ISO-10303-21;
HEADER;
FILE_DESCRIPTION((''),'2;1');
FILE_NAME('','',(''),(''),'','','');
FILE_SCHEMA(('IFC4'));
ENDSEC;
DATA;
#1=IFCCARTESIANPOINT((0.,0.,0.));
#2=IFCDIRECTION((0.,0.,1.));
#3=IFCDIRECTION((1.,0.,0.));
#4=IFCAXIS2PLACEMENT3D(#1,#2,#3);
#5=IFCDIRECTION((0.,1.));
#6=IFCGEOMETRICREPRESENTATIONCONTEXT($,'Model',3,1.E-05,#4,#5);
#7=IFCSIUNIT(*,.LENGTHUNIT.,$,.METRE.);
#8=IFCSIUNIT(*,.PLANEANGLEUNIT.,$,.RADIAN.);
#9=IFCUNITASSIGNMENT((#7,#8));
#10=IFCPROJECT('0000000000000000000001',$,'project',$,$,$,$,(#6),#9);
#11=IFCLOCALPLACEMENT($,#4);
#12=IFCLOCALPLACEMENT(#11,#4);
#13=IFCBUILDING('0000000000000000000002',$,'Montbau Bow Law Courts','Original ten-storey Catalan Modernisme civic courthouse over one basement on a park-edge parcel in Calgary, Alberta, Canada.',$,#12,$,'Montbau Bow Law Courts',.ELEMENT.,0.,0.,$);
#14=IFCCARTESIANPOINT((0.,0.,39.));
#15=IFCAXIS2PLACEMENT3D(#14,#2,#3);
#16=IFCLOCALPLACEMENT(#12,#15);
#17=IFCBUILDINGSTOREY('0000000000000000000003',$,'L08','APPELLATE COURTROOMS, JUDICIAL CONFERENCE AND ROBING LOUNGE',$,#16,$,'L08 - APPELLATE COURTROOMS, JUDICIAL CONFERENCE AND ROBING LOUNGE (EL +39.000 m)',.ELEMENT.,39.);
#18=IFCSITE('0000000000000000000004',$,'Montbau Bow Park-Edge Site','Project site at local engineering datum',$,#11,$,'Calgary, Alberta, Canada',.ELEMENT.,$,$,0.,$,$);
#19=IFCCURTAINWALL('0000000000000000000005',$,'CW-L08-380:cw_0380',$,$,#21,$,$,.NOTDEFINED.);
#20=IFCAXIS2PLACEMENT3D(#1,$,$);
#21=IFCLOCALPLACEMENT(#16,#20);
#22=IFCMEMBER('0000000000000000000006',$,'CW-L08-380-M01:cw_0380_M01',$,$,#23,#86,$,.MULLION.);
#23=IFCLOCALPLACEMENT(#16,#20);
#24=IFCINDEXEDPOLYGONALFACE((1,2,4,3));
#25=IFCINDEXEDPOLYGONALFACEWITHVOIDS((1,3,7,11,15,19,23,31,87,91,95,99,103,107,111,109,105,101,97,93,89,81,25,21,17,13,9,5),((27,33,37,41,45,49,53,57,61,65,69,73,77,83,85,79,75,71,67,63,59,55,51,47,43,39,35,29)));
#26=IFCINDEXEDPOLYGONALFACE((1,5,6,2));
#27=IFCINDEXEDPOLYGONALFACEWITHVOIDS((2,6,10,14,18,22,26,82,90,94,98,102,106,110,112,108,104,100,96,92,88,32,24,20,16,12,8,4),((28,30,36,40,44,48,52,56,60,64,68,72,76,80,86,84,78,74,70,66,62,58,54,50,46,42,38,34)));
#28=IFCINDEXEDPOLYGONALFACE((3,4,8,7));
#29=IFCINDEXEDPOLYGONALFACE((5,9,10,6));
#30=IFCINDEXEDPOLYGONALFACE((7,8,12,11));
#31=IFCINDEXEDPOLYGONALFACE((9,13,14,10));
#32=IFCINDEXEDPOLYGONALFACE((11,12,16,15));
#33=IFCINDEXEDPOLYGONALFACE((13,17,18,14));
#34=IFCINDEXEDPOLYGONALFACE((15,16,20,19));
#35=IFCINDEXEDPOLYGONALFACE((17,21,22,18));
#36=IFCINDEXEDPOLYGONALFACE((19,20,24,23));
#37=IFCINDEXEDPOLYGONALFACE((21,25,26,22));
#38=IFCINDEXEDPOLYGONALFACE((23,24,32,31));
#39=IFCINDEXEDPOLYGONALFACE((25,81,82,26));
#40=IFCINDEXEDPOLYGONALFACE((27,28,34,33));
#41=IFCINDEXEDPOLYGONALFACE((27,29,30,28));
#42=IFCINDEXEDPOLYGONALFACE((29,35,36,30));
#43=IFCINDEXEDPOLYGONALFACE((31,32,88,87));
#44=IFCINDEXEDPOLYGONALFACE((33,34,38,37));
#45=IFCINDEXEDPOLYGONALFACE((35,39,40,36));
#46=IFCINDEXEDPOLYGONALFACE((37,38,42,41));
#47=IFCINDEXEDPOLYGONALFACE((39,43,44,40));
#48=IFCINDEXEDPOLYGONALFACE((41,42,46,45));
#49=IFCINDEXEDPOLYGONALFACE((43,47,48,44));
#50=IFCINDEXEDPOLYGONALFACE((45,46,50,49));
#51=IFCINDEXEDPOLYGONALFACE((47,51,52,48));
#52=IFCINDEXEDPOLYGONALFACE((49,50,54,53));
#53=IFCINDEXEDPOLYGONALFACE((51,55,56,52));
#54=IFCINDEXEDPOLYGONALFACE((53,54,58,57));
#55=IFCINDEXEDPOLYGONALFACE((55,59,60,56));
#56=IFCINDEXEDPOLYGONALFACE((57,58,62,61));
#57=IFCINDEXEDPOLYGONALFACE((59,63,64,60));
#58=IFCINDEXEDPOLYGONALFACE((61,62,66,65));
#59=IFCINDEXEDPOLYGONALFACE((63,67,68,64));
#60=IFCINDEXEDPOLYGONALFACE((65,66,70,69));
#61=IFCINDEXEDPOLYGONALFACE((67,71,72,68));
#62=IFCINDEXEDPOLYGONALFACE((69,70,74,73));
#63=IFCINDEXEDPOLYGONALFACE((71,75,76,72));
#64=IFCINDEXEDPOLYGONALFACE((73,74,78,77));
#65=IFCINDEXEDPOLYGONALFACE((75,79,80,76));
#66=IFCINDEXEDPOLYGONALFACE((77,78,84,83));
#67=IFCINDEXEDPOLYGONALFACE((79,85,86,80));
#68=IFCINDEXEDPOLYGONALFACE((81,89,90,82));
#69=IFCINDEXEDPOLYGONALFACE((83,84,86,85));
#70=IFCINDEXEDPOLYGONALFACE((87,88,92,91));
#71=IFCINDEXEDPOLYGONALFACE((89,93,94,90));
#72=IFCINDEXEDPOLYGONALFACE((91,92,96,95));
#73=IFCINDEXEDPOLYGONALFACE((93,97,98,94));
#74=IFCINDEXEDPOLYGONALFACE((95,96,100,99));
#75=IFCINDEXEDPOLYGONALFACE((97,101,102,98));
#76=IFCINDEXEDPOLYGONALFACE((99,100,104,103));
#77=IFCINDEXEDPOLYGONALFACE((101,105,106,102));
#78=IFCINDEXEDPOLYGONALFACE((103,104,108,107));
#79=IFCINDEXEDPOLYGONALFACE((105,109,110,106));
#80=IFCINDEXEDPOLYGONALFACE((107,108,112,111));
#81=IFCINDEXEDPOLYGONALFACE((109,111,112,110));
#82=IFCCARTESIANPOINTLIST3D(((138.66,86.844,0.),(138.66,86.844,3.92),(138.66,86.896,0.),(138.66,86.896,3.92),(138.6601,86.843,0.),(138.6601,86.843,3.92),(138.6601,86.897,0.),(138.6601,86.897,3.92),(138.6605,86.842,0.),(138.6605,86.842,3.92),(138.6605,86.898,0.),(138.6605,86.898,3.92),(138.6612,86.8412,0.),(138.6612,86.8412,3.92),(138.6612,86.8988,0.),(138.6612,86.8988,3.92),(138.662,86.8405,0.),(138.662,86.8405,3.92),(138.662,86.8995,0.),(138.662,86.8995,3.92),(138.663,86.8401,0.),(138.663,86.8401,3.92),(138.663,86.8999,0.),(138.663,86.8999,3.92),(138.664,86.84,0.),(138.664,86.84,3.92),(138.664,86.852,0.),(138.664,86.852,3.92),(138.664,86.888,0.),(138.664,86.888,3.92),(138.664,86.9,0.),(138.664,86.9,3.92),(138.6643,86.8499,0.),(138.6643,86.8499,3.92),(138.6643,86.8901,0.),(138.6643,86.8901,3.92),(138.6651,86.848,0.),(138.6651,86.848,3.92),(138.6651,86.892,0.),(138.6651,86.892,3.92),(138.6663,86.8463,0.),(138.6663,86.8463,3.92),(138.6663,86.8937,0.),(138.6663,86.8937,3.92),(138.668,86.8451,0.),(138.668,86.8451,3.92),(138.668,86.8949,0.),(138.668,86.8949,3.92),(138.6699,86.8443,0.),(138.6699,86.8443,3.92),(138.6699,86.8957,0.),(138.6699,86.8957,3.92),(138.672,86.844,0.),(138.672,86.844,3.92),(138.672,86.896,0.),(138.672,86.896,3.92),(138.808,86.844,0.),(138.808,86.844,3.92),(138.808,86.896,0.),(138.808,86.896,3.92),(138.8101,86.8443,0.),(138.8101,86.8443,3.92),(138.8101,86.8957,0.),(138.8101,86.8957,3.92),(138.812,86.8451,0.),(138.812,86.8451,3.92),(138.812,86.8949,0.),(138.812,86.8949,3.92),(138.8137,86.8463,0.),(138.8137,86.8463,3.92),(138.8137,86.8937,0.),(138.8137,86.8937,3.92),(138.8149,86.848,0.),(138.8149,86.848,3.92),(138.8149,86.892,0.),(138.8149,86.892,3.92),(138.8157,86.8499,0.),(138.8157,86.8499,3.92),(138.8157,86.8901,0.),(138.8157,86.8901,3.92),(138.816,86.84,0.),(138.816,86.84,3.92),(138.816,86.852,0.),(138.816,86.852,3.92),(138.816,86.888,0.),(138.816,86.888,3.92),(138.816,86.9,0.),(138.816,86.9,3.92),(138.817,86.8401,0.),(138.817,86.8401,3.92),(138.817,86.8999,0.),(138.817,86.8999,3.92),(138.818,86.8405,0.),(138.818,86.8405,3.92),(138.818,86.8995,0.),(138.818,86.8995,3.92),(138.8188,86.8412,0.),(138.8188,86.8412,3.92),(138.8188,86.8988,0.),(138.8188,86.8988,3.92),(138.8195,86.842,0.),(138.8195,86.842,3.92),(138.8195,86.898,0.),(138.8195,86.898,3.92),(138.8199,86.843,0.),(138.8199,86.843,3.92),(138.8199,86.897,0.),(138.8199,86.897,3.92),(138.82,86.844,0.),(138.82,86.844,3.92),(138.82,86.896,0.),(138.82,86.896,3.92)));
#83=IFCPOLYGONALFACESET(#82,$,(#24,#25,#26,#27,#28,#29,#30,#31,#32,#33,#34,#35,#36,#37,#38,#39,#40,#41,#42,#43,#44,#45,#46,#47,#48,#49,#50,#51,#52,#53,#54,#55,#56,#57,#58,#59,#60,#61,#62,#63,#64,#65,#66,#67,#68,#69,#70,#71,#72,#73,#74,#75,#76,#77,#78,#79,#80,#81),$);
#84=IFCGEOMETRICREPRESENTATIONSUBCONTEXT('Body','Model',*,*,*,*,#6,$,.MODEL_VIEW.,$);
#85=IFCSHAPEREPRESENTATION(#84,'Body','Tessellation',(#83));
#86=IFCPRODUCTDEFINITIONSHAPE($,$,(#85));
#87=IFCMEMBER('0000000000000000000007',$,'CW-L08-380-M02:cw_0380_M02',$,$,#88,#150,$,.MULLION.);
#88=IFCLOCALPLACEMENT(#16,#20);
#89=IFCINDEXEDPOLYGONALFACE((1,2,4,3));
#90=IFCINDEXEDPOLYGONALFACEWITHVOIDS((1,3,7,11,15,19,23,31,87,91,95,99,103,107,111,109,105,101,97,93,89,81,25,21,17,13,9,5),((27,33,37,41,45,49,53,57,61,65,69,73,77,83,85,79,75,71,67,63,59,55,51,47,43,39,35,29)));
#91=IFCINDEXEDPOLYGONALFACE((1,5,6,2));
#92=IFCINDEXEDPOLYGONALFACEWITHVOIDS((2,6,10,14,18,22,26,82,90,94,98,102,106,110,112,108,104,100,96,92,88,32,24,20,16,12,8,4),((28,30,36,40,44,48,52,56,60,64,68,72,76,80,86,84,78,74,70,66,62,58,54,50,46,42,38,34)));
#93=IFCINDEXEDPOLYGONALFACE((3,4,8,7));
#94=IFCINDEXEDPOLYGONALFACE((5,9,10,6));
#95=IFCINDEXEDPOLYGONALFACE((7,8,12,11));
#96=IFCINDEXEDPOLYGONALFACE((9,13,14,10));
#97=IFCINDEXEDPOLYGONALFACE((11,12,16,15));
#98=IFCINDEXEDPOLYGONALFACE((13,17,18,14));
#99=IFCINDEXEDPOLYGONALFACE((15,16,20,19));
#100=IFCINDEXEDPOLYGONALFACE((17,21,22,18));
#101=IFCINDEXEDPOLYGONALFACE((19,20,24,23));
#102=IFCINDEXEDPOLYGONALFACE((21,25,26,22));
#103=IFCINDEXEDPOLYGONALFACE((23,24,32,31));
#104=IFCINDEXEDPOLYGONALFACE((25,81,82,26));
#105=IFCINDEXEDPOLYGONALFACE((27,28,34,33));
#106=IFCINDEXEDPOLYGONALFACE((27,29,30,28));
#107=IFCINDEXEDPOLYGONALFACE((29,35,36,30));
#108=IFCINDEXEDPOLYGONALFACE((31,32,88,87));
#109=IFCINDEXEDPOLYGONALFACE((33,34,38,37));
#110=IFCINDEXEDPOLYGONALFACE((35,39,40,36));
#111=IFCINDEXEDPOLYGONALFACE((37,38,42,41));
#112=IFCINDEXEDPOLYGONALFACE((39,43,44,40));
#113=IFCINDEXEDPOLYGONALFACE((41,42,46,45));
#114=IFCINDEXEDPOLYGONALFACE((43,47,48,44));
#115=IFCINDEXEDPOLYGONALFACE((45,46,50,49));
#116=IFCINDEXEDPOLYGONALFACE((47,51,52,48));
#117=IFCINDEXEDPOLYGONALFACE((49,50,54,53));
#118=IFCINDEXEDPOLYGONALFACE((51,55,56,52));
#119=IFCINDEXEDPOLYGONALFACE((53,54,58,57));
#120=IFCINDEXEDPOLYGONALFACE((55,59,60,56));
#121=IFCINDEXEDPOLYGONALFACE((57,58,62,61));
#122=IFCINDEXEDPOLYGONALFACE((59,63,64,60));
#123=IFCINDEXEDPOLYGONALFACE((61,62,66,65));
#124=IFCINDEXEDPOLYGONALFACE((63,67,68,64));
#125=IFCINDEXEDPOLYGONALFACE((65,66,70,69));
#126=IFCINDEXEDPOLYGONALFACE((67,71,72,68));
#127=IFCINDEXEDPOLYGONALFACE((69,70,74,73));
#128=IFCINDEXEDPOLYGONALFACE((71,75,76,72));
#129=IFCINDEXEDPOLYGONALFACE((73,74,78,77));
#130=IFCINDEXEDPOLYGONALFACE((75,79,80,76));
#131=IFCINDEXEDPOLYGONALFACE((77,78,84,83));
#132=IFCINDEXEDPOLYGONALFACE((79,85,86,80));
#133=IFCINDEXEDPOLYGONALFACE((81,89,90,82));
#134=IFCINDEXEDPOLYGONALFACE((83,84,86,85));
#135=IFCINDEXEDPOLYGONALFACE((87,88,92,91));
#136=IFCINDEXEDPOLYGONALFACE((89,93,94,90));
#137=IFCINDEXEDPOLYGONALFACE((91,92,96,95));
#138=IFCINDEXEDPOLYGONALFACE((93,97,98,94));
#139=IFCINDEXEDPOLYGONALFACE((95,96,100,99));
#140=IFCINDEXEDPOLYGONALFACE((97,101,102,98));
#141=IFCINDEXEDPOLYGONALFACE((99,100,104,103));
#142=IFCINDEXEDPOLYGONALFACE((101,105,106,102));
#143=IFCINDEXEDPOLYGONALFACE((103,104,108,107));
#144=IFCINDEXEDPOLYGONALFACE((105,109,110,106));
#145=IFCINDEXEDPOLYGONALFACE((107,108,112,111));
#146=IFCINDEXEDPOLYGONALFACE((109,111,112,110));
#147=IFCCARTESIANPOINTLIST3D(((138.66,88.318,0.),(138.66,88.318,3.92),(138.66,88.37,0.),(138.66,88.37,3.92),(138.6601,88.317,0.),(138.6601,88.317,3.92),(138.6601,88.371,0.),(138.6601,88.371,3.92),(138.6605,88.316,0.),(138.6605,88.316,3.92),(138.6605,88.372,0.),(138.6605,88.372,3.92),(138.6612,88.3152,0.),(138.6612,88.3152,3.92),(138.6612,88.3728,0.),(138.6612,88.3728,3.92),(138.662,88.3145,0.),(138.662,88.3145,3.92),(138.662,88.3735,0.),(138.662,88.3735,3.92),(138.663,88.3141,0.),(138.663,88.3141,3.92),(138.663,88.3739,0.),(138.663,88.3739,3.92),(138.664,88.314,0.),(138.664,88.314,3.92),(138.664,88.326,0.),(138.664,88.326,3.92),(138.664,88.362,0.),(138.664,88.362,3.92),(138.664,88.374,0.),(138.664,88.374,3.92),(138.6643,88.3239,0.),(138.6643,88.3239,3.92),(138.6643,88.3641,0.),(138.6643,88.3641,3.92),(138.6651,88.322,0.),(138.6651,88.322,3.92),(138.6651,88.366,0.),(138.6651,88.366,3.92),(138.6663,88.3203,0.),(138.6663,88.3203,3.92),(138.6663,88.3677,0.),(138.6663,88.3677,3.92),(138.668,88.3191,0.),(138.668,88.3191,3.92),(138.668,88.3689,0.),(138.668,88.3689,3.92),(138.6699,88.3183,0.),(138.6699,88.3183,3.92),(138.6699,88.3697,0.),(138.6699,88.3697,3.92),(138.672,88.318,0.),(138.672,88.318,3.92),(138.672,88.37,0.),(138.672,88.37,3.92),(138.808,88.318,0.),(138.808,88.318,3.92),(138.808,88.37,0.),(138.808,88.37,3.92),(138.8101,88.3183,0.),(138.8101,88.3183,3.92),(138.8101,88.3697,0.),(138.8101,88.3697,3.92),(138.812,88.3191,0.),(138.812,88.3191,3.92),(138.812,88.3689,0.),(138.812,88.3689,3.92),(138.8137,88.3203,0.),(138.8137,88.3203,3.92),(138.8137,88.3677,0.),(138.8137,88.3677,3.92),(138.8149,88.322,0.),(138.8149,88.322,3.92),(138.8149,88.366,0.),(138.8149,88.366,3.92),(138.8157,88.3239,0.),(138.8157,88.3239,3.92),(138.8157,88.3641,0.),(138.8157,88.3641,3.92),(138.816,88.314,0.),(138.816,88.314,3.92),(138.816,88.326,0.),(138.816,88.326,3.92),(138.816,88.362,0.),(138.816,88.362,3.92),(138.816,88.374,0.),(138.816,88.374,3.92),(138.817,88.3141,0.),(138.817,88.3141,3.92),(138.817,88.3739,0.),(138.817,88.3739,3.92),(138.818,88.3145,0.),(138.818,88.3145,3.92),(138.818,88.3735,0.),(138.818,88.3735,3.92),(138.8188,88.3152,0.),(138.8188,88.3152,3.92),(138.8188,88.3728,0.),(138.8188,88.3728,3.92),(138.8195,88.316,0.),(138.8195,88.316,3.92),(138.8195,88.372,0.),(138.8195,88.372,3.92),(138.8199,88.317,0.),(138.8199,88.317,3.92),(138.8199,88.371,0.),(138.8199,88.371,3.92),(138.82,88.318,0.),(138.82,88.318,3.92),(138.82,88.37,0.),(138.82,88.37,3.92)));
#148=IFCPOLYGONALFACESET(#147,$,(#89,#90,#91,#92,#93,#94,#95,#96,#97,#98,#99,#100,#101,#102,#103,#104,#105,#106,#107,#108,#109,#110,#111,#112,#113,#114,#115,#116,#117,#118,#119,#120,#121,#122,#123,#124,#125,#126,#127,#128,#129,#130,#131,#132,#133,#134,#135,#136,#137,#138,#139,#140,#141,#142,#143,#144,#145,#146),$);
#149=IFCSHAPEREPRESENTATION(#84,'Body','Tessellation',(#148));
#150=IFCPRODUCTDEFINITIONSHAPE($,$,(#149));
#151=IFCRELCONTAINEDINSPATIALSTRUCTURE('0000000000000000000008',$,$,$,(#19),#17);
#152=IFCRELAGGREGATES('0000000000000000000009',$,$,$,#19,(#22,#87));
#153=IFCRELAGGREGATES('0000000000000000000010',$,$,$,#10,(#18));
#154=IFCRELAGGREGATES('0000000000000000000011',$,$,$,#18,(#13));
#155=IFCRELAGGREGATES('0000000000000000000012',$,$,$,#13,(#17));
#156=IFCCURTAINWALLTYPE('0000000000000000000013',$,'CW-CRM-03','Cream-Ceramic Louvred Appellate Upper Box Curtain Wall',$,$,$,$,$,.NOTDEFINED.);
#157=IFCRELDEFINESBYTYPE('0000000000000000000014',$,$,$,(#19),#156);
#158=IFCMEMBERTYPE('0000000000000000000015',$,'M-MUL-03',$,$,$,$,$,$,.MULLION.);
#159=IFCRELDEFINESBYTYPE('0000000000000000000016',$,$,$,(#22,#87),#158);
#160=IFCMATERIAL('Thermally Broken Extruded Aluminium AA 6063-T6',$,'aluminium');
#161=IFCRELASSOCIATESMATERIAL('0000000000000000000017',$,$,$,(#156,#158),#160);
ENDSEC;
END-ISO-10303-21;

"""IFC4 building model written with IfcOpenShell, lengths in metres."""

from ifc_helpers import new_model, si_unit, direction, frame, origin_with_axes, origin_2d_with_axis, place, context, subcontext, project, spatial, hollow_rectangle, extrude, material, material_profile, profile_set, type_object, element, aggregate, save


model = new_model("IFC4")

# Units and contexts
model_context = context("Model", 3, precision=1e-05, world=origin_with_axes(), true_north=direction((0.0, 1.0)))
body_context = subcontext(model_context, "Body", "Model", "MODEL_VIEW")
ifc_project = project(units=[si_unit("LENGTHUNIT", "METRE"), si_unit("PLANEANGLEUNIT", "RADIAN")], contexts=[model_context])

# Site, building, storey
site_placement = place(None, origin_with_axes())
site = spatial("IfcSite", under=ifc_project, at=site_placement, Name="Montbau Bow Park-Edge Site", Description="Project site at local engineering datum", LongName="Calgary, Alberta, Canada", CompositionType="ELEMENT", RefElevation=0.0)
building_placement = place(site_placement, origin_with_axes())
building = spatial("IfcBuilding", under=site, at=building_placement, Name="Montbau Bow Law Courts", Description="Original ten-storey Catalan Modernisme civic courthouse over one basement on a park-edge parcel in Calgary, Alberta, Canada.", LongName="Montbau Bow Law Courts", CompositionType="ELEMENT", ElevationOfRefHeight=0.0, ElevationOfTerrain=0.0)
storey_placement = place(building_placement, frame((0.0, 0.0, 39.0), z_axis=(0.0, 0.0, 1.0), x_axis=(1.0, 0.0, 0.0)))
storey = spatial("IfcBuildingStorey", under=building, at=storey_placement, Name="L08", Description="APPELLATE COURTROOMS, JUDICIAL CONFERENCE AND ROBING LOUNGE", LongName="L08 - APPELLATE COURTROOMS, JUDICIAL CONFERENCE AND ROBING LOUNGE (EL +39.000 m)", CompositionType="ELEMENT", Elevation=39.0)

# Curtain wall, members
ifc_material_1 = material(Name="Thermally Broken Extruded Aluminium AA 6063-T6", Category="aluminium")
curtain_wall_type = type_object("IfcCurtainWallType", Name="CW-CRM-03", Description="Cream-Ceramic Louvred Appellate Upper Box Curtain Wall", PredefinedType="NOTDEFINED", material=ifc_material_1)
curtain_wall_1_placement = place(None, frame((138.74, 86.84, 39.0), z_axis=(0.0, 0.0, 1.0), x_axis=(1.0, 0.0, 0.0)))
curtain_wall_1 = element("IfcCurtainWall", 1, at=curtain_wall_1_placement, inside=storey, type_object=curtain_wall_type, Name="CW-L08-380:cw_0380", PredefinedType="NOTDEFINED")
ifc_material_profile_1 = material_profile(ifc_material_1, hollow_rectangle(XDim=0.06, YDim=0.16, WallThickness=0.004, InnerFilletRadius=0.008, OuterFilletRadius=0.004, at=origin_2d_with_axis()), Name="CWM-160X60", Category="Main", Priority=0)
ifc_profile_set_1 = profile_set([ifc_material_profile_1], Name="Thermally Broken Extruded Aluminium AA 6063-T6")
member_type_1 = type_object("IfcMemberType", Name="M-MUL-03", PredefinedType="MULLION", material=ifc_profile_set_1)
member_1_placement = place(None, frame((138.74, 86.87, 39.0), z_axis=(0.0, 0.0, 1.0), x_axis=(0.0, 1.0, 0.0)))
member_1 = element("IfcMember", 2, at=member_1_placement, type_object=member_type_1, Name="CW-L08-380-M01:cw_0380_M01", PredefinedType="MULLION", context=body_context, shape_type="SweptSolid", body=[
    extrude(hollow_rectangle(XDim=0.06, YDim=0.16, WallThickness=0.004, InnerFilletRadius=0.008, OuterFilletRadius=0.004, at=origin_2d_with_axis()), origin_with_axes(), (0.0, 0.0, 1.0), 3.92),
])
member_2_placement = place(None, frame((138.74, 88.344, 39.0), z_axis=(0.0, 0.0, 1.0), x_axis=(0.0, 1.0, 0.0)))
member_2 = element("IfcMember", 3, at=member_2_placement, type_object=member_type_1, Name="CW-L08-380-M02:cw_0380_M02", PredefinedType="MULLION", context=body_context, shape_type="SweptSolid", body=[
    extrude(hollow_rectangle(XDim=0.06, YDim=0.16, WallThickness=0.004, InnerFilletRadius=0.008, OuterFilletRadius=0.004, at=origin_2d_with_axis()), origin_with_axes(), (0.0, 0.0, 1.0), 3.92),
])

aggregate(curtain_wall_1, [member_1, member_2])

save(model, "model.ifc")
